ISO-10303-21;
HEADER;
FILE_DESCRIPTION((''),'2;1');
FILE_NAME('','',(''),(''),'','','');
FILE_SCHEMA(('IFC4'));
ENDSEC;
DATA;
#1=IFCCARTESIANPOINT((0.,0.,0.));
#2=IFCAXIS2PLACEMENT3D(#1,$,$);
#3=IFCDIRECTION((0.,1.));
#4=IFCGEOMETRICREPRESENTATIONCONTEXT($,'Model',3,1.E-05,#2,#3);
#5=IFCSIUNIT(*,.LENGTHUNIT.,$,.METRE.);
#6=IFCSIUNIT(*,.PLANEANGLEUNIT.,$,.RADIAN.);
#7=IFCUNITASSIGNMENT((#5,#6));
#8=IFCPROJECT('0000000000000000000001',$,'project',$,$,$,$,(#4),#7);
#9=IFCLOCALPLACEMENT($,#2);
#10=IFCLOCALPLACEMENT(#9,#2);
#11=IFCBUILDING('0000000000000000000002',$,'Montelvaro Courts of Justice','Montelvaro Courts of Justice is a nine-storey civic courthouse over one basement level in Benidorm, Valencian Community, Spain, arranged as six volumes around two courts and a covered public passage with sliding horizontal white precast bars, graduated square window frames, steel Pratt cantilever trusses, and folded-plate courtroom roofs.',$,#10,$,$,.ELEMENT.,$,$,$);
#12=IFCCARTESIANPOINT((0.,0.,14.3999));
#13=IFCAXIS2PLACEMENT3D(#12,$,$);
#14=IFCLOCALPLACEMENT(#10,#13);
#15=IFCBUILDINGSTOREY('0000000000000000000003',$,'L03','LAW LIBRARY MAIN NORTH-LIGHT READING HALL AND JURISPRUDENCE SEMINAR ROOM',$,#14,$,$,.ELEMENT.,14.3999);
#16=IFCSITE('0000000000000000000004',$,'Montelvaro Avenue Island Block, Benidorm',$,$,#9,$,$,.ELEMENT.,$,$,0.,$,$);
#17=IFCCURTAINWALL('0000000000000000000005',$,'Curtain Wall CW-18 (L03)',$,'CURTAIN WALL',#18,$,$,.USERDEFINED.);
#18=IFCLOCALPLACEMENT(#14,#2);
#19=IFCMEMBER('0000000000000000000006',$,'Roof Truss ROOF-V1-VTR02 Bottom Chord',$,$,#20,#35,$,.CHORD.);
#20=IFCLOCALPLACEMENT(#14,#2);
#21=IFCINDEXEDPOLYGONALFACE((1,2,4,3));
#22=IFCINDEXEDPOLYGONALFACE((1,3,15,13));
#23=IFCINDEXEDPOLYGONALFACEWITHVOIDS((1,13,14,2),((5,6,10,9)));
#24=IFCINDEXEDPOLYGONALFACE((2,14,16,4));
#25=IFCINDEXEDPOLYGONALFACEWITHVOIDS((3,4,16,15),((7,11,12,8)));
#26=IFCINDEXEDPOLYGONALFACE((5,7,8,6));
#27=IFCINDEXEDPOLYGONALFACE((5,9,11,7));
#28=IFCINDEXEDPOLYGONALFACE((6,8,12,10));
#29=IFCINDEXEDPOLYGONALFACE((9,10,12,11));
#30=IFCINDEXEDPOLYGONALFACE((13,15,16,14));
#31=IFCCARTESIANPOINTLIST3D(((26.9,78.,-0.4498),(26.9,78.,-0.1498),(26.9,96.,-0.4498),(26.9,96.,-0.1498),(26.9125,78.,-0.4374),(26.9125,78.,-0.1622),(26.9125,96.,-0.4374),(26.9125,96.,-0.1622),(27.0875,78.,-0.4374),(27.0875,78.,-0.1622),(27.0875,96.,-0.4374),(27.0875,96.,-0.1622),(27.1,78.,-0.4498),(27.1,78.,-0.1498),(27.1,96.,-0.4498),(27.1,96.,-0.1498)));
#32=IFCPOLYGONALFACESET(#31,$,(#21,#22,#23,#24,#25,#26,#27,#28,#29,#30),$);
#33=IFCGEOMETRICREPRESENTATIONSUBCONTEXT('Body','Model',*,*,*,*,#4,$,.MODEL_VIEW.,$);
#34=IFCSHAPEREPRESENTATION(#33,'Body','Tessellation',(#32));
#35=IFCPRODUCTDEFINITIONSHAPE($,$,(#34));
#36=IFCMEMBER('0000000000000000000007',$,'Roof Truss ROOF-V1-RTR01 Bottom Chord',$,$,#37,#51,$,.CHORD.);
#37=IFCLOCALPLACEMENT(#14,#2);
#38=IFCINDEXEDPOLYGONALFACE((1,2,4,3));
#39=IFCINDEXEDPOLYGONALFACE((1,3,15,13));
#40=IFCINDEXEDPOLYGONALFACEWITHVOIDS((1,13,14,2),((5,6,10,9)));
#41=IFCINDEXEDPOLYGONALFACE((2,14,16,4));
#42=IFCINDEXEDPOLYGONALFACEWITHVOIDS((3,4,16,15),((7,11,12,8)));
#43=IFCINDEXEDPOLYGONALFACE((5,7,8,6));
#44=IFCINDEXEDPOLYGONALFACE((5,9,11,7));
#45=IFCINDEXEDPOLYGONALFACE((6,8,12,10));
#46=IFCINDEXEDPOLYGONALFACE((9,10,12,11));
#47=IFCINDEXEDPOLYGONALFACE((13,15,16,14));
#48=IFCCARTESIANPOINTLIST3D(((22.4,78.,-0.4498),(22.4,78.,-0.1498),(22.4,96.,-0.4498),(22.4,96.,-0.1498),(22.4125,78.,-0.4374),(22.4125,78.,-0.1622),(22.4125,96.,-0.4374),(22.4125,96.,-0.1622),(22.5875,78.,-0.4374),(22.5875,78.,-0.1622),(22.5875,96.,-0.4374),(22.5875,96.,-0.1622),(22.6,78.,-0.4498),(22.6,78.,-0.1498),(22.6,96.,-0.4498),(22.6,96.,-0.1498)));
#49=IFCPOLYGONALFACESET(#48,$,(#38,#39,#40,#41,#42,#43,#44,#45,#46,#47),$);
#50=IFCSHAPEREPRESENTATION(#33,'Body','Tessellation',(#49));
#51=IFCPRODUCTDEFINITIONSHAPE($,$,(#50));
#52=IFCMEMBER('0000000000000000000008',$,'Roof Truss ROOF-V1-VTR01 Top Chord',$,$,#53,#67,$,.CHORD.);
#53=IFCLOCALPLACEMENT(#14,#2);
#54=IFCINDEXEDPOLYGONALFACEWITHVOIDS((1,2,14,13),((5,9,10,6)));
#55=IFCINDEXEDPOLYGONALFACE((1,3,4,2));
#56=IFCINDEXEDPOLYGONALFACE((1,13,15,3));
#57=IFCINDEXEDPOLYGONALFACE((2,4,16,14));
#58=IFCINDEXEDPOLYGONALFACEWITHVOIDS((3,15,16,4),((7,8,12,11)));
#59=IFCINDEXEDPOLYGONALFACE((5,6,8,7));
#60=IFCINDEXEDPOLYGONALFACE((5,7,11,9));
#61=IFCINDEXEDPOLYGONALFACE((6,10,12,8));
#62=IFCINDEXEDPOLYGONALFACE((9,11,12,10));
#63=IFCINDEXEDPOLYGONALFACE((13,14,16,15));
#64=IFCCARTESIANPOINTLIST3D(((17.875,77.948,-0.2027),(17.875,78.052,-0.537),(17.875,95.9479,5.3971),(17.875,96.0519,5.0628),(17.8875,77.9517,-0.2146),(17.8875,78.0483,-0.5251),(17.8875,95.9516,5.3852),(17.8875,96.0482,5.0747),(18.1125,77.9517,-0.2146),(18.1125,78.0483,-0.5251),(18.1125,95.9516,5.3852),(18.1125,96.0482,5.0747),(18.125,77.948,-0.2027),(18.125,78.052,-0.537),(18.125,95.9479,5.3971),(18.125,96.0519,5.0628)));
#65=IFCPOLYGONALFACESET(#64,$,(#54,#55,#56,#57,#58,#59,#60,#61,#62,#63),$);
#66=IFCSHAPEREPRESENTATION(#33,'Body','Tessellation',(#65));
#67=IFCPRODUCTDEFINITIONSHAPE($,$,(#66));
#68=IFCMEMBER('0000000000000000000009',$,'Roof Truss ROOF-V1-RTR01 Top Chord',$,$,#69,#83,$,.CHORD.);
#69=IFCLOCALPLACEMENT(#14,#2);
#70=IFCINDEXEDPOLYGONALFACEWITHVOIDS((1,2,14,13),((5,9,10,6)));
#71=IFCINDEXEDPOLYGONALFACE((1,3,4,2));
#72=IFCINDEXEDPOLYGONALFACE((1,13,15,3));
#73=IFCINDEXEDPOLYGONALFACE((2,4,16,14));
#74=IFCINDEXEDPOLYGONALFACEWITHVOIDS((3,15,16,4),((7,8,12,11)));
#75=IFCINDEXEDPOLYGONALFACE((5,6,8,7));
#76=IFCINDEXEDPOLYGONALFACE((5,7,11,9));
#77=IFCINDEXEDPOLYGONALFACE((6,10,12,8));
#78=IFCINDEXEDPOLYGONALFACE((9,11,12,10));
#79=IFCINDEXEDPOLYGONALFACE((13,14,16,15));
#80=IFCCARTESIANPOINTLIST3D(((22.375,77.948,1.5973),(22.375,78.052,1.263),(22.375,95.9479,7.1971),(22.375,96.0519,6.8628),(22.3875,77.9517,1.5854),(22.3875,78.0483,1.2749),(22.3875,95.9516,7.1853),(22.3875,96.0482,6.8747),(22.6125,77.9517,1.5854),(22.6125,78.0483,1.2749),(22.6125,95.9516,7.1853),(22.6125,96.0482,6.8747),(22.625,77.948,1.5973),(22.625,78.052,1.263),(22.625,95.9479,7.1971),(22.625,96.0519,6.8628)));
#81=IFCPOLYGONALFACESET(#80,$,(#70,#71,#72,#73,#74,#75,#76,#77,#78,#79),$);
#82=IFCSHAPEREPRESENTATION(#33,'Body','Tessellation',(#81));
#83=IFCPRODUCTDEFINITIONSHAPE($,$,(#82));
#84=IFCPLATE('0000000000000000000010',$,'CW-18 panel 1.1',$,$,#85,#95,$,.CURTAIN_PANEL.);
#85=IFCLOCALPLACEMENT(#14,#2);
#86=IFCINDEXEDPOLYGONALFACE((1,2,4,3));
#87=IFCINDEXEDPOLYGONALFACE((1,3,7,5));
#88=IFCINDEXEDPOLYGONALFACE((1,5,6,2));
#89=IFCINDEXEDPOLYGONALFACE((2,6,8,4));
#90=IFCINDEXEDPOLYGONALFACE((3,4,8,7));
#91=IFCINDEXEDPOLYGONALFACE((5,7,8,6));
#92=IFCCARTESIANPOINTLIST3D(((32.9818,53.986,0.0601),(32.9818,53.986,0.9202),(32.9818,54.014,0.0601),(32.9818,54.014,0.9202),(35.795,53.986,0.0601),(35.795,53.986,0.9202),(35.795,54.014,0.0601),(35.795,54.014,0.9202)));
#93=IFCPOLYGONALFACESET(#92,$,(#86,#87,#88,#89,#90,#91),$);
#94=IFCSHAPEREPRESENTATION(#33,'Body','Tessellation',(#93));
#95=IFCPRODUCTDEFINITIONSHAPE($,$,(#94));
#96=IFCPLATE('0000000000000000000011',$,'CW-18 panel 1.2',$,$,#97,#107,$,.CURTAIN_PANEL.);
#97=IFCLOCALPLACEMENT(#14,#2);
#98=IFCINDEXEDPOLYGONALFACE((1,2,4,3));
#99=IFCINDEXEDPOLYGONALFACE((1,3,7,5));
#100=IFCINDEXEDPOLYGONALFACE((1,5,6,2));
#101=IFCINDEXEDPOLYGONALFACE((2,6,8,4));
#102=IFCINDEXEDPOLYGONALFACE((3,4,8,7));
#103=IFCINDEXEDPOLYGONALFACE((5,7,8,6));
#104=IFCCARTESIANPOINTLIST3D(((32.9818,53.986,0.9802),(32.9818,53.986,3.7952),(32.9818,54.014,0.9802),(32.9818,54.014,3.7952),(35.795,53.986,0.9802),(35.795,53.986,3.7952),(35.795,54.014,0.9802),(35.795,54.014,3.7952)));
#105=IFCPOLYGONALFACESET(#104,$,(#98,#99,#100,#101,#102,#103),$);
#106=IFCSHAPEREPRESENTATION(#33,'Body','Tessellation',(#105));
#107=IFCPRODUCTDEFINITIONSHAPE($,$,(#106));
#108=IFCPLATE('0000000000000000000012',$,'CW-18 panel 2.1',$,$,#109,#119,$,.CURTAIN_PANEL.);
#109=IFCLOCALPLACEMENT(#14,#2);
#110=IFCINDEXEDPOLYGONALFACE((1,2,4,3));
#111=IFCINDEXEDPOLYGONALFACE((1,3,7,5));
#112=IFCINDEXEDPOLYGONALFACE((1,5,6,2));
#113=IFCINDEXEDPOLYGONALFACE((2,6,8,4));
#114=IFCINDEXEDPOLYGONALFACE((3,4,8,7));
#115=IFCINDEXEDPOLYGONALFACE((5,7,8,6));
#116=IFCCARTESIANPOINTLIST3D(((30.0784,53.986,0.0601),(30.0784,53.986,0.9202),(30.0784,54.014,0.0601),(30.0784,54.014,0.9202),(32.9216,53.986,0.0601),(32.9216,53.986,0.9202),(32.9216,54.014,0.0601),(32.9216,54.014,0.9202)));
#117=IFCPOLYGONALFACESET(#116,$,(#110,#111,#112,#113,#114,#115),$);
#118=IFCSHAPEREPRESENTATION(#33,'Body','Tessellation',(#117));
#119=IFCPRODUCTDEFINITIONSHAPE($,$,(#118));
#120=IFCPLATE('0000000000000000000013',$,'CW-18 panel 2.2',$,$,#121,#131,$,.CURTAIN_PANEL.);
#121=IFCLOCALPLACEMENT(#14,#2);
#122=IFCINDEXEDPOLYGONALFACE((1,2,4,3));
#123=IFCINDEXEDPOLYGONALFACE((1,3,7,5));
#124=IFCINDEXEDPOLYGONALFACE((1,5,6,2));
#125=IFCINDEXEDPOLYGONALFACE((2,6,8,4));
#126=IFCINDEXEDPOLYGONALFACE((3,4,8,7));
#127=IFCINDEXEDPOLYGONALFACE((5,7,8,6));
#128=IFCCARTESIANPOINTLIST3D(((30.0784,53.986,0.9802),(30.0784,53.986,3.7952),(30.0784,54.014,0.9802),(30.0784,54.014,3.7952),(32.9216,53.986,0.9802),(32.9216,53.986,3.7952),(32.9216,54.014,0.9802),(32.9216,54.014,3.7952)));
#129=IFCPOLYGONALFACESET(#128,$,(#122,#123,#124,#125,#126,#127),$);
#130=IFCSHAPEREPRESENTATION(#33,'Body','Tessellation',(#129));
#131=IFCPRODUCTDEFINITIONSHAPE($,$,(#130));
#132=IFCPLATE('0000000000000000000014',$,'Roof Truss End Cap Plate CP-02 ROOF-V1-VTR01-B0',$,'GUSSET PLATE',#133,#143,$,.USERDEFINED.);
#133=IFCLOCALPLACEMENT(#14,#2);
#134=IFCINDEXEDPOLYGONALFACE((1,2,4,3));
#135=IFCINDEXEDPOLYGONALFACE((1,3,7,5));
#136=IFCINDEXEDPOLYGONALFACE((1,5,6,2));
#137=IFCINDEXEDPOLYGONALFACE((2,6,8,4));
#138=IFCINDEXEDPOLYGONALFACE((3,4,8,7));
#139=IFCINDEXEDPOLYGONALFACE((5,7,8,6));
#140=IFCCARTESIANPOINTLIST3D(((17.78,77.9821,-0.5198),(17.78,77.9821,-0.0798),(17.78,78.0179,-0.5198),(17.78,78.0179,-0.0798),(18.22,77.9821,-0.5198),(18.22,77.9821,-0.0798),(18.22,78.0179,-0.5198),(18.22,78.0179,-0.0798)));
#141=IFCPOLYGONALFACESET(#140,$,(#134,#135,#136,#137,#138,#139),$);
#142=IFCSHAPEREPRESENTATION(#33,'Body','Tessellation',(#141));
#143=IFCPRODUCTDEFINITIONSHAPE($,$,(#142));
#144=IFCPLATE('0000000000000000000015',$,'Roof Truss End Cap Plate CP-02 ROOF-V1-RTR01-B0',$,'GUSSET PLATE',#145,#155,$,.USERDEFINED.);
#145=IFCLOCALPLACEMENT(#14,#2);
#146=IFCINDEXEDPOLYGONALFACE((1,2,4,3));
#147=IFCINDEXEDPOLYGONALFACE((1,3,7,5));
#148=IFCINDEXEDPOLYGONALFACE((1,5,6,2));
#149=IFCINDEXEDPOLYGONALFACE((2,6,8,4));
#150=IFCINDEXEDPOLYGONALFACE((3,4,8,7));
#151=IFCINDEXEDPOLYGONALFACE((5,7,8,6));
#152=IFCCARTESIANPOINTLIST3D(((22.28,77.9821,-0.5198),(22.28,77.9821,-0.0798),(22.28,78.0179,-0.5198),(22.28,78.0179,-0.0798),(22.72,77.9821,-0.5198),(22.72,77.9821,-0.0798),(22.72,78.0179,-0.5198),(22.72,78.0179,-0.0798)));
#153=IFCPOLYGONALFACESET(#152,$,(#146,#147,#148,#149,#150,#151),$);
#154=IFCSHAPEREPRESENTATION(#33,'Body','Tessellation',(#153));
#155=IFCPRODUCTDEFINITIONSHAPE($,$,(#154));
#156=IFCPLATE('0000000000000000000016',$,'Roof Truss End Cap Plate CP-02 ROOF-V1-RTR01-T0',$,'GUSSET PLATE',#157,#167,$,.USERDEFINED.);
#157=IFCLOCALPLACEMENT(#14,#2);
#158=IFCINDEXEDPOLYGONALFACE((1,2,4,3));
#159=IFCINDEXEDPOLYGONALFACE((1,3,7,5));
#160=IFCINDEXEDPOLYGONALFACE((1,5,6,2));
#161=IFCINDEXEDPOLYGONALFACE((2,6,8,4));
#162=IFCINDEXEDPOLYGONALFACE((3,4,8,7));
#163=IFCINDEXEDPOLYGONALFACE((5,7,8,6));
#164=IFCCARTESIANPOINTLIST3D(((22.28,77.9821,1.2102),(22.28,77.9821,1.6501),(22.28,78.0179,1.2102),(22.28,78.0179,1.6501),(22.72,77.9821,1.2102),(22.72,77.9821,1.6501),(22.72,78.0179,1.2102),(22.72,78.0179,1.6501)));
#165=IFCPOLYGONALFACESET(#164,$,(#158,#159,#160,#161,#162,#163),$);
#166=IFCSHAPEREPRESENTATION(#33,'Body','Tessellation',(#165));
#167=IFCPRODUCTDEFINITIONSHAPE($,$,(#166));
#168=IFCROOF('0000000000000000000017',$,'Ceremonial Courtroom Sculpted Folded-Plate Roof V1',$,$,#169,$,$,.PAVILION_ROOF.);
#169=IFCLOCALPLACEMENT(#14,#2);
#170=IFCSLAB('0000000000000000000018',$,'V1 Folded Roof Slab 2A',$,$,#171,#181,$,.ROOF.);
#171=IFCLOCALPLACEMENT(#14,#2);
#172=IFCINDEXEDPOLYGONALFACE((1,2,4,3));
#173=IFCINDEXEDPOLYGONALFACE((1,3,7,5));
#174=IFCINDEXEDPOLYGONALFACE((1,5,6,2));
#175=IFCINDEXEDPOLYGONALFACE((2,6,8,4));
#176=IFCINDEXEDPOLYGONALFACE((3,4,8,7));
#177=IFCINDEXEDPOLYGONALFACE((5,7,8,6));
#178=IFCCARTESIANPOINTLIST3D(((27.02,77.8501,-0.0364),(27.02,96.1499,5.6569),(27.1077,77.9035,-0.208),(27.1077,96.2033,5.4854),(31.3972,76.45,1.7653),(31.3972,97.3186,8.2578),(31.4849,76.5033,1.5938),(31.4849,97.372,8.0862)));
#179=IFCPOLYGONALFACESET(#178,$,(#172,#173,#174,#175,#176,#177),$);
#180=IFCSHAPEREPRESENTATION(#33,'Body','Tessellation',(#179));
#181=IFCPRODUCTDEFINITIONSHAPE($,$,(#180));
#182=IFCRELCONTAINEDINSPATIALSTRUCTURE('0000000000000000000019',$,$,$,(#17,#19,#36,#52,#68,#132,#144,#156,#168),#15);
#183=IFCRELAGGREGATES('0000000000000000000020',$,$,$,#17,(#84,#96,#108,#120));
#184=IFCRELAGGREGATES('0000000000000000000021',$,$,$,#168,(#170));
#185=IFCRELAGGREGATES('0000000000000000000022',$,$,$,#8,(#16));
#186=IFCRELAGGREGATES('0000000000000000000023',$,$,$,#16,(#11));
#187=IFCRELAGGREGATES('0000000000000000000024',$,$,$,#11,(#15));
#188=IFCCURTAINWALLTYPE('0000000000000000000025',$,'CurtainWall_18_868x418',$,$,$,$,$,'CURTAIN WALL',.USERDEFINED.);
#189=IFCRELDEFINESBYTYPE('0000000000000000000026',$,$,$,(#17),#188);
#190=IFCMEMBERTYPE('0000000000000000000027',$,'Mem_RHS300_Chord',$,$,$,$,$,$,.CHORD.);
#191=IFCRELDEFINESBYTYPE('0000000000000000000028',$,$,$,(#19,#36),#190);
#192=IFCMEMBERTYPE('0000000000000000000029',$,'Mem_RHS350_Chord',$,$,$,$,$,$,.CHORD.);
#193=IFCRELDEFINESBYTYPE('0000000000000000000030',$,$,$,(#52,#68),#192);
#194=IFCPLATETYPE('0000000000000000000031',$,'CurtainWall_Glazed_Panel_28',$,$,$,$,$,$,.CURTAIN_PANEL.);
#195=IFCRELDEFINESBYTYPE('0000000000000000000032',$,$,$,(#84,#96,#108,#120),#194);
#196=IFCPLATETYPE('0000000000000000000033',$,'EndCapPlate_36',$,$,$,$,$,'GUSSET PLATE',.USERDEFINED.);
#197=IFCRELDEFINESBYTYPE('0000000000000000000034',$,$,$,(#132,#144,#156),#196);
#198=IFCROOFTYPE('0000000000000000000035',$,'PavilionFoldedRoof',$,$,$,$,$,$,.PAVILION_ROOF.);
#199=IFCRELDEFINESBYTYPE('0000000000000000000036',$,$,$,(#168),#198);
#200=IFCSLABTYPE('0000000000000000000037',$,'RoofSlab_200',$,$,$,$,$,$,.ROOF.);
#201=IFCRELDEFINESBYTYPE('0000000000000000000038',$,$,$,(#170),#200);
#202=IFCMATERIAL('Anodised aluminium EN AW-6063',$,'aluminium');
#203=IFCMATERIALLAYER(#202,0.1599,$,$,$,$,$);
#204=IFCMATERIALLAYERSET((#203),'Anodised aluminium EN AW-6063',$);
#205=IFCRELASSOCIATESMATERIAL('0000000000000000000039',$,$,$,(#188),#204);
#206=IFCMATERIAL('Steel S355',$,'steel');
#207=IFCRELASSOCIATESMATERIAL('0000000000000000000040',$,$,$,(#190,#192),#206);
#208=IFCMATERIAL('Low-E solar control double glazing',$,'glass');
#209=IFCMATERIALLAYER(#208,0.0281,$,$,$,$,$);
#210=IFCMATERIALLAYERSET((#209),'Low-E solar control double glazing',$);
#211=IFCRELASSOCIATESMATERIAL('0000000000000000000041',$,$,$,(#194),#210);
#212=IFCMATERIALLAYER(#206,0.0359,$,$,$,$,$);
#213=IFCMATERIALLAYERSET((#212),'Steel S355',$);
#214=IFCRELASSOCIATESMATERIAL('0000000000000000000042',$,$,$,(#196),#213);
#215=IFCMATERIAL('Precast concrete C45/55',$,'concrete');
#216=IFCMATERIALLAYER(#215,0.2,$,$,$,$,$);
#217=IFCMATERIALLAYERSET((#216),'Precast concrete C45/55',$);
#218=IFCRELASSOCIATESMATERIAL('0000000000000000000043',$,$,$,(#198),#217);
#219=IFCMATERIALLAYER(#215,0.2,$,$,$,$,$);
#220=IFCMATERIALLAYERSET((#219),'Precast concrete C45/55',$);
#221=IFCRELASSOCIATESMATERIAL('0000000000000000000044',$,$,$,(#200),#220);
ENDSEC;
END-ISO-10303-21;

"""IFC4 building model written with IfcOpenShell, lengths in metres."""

from ifc_helpers import new_model, si_unit, direction, frame, origin, origin_2d, place, context, subcontext, project, spatial, polyline, rectangle, hollow_rectangle, outline, extrude, material, layer, layer_set, material_profile, profile_set, type_object, element, aggregate, save


model = new_model("IFC4")

# Units and contexts
model_context = context("Model", 3, precision=1e-05, world=origin(), true_north=direction((0.0, 1.0)))
body_context = subcontext(model_context, "Body", "Model", "MODEL_VIEW")
ifc_project = project(units=[si_unit("LENGTHUNIT", "METRE"), si_unit("PLANEANGLEUNIT", "RADIAN")], contexts=[model_context])

# Site, building, storey
site_placement = place(None, origin())
site = spatial("IfcSite", under=ifc_project, at=site_placement, Name="Montelvaro Avenue Island Block, Benidorm", CompositionType="ELEMENT", RefElevation=0.0)
building_placement = place(site_placement, origin())
building = spatial("IfcBuilding", under=site, at=building_placement, Name="Montelvaro Courts of Justice", Description="Montelvaro Courts of Justice is a nine-storey civic courthouse over one basement level in Benidorm, Valencian Community, Spain, arranged as six volumes around two courts and a covered public passage with sliding horizontal white precast bars, graduated square window frames, steel Pratt cantilever trusses, and folded-plate courtroom roofs.", CompositionType="ELEMENT")
storey_placement = place(building_placement, frame((0.0, 0.0, 14.3999)))
storey = spatial("IfcBuildingStorey", under=building, at=storey_placement, Name="L03", Description="LAW LIBRARY MAIN NORTH-LIGHT READING HALL AND JURISPRUDENCE SEMINAR ROOM", CompositionType="ELEMENT", Elevation=14.3999)

# Shared definitions
ifc_material_1 = material(Name="Steel S355", Category="steel")

# Curtain wall
ifc_material_2 = material(Name="Anodised aluminium EN AW-6063", Category="aluminium")
ifc_layer_1 = layer(ifc_material_2, 0.1599)
ifc_layer_set_1 = layer_set([ifc_layer_1], Name="Anodised aluminium EN AW-6063")
curtain_wall_type = type_object("IfcCurtainWallType", Name="CurtainWall_18_868x418", ElementType="CURTAIN WALL", PredefinedType="USERDEFINED", material=ifc_layer_set_1)
curtain_wall_placement = place(storey_placement, origin())
curtain_wall = element("IfcCurtainWall", 1, at=curtain_wall_placement, inside=storey, type_object=curtain_wall_type, Name="Curtain Wall CW-18 (L03)", ObjectType="CURTAIN WALL", PredefinedType="USERDEFINED")

# Members
ifc_material_profile_1 = material_profile(ifc_material_1, hollow_rectangle(XDim=0.2, YDim=0.3, WallThickness=0.0125, at=origin_2d()), Name="RHS 300x200x12.5")
ifc_profile_set_1 = profile_set([ifc_material_profile_1], Name="Steel S355")
member_type_1 = type_object("IfcMemberType", Name="Mem_RHS300_Chord", PredefinedType="CHORD", material=ifc_profile_set_1)
for number, where, z_axis, x_axis, name in (
    (2, (27.0, 78.0, -0.2998), (0.0, 1.0, 0.0), (-1.0, 0.0, 0.0), "Roof Truss ROOF-V1-VTR02 Bottom Chord"),
    (3, (22.5, 78.0, -0.2998), (0.0, 1.0, 0.0), (-1.0, 0.0, 0.0), "Roof Truss ROOF-V1-RTR01 Bottom Chord"),
):
    element("IfcMember", number, at=place(storey_placement, frame(where, z_axis=z_axis, x_axis=x_axis)), inside=storey, type_object=member_type_1, Name=name, PredefinedType="CHORD", context=body_context, shape_type="SweptSolid", body=[
        extrude(hollow_rectangle(XDim=0.2, YDim=0.3, WallThickness=0.0125, at=origin_2d()), origin(), (0.0, 0.0, 1.0), 18.0),
    ])
ifc_material_profile_2 = material_profile(ifc_material_1, hollow_rectangle(XDim=0.25, YDim=0.3501, WallThickness=0.0125, at=origin_2d()), Name="RHS 350x250x12.5")
ifc_profile_set_2 = profile_set([ifc_material_profile_2], Name="Steel S355")
member_type_2 = type_object("IfcMemberType", Name="Mem_RHS350_Chord", PredefinedType="CHORD", material=ifc_profile_set_2)
for number, where, z_axis, x_axis, name in (
    (4, (18.0, 78.0, -0.3699), (0.0, 0.954859, 0.297059), (-1.0, 0.0, 0.0), "Roof Truss ROOF-V1-VTR01 Top Chord"),
    (5, (22.5, 78.0, 1.4302), (0.0, 0.954859, 0.297059), (-1.0, 0.0, 0.0), "Roof Truss ROOF-V1-RTR01 Top Chord"),
):
    element("IfcMember", number, at=place(storey_placement, frame(where, z_axis=z_axis, x_axis=x_axis)), inside=storey, type_object=member_type_2, Name=name, PredefinedType="CHORD", context=body_context, shape_type="SweptSolid", body=[
        extrude(hollow_rectangle(XDim=0.25, YDim=0.3501, WallThickness=0.0125, at=origin_2d()), origin(), (0.0, 0.0, 1.0), 18.8508),
    ])

# Plates
ifc_material_3 = material(Name="Low-E solar control double glazing", Category="glass")
ifc_layer_2 = layer(ifc_material_3, 0.0281)
ifc_layer_set_2 = layer_set([ifc_layer_2], Name="Low-E solar control double glazing")
plate_type_1 = type_object("IfcPlateType", Name="CurtainWall_Glazed_Panel_28", PredefinedType="CURTAIN_PANEL", material=ifc_layer_set_2)
plate_1_placement = place(storey_placement, frame((34.3884, 54.0, 0.0601), z_axis=(0.0, 0.0, 1.0), x_axis=(-1.0, 0.0, 0.0)))
plate_1 = element("IfcPlate", 6, at=plate_1_placement, type_object=plate_type_1, Name="CW-18 panel 1.1", PredefinedType="CURTAIN_PANEL", context=body_context, shape_type="SweptSolid", body=[
    extrude(rectangle(XDim=2.8132, YDim=0.0281, at=origin_2d()), origin(), (0.0, 0.0, 1.0), 0.8601),
])
plate_2_placement = place(storey_placement, frame((34.3884, 54.0, 0.9802), z_axis=(0.0, 0.0, 1.0), x_axis=(-1.0, 0.0, 0.0)))
plate_2 = element("IfcPlate", 7, at=plate_2_placement, type_object=plate_type_1, Name="CW-18 panel 1.2", PredefinedType="CURTAIN_PANEL", context=body_context, shape_type="SweptSolid", body=[
    extrude(rectangle(XDim=2.8132, YDim=0.0281, at=origin_2d()), origin(), (0.0, 0.0, 1.0), 2.8149),
])
plate_3_placement = place(storey_placement, frame((31.5, 54.0, 0.0601), z_axis=(0.0, 0.0, 1.0), x_axis=(-1.0, 0.0, 0.0)))
plate_3 = element("IfcPlate", 8, at=plate_3_placement, type_object=plate_type_1, Name="CW-18 panel 2.1", PredefinedType="CURTAIN_PANEL", context=body_context, shape_type="SweptSolid", body=[
    extrude(rectangle(XDim=2.8433, YDim=0.0281, at=origin_2d()), origin(), (0.0, 0.0, 1.0), 0.8601),
])
plate_4_placement = place(storey_placement, frame((31.5, 54.0, 0.9802), z_axis=(0.0, 0.0, 1.0), x_axis=(-1.0, 0.0, 0.0)))
plate_4 = element("IfcPlate", 9, at=plate_4_placement, type_object=plate_type_1, Name="CW-18 panel 2.2", PredefinedType="CURTAIN_PANEL", context=body_context, shape_type="SweptSolid", body=[
    extrude(rectangle(XDim=2.8433, YDim=0.0281, at=origin_2d()), origin(), (0.0, 0.0, 1.0), 2.8149),
])
aggregate(curtain_wall, [plate_1, plate_2, plate_3, plate_4])

# Plates
ifc_layer_3 = layer(ifc_material_1, 0.0359)
ifc_layer_set_3 = layer_set([ifc_layer_3], Name="Steel S355")
plate_type_2 = type_object("IfcPlateType", Name="EndCapPlate_36", ElementType="GUSSET PLATE", PredefinedType="USERDEFINED", material=ifc_layer_set_3)
for number, where, z_axis, x_axis, name in (
    (10, (18.0, 78.0, -0.5198), (0.0, 0.0, 1.0), (1.0, 0.0, 0.0), "Roof Truss End Cap Plate CP-02 ROOF-V1-VTR01-B0"),
    (11, (22.5, 78.0, -0.5198), (0.0, 0.0, 1.0), (1.0, 0.0, 0.0), "Roof Truss End Cap Plate CP-02 ROOF-V1-RTR01-B0"),
    (12, (22.5, 78.0, 1.2102), (0.0, 0.0, 1.0), (1.0, 0.0, 0.0), "Roof Truss End Cap Plate CP-02 ROOF-V1-RTR01-T0"),
):
    element("IfcPlate", number, at=place(storey_placement, frame(where, z_axis=z_axis, x_axis=x_axis)), inside=storey, type_object=plate_type_2, Name=name, ObjectType="GUSSET PLATE", PredefinedType="USERDEFINED", context=body_context, shape_type="SweptSolid", body=[
        extrude(rectangle(XDim=0.4399, YDim=0.0359, at=origin_2d()), origin(), (0.0, 0.0, 1.0), 0.4399),
    ])

# Roof, slab
ifc_material_4 = material(Name="Precast concrete C45/55", Category="concrete")
ifc_layer_4 = layer(ifc_material_4, 0.2)
ifc_layer_set_4 = layer_set([ifc_layer_4], Name="Precast concrete C45/55")
roof_type = type_object("IfcRoofType", Name="PavilionFoldedRoof", PredefinedType="PAVILION_ROOF", material=ifc_layer_set_4)
roof_placement = place(storey_placement, origin())
roof = element("IfcRoof", 13, at=roof_placement, inside=storey, type_object=roof_type, Name="Ceremonial Courtroom Sculpted Folded-Plate Roof V1", PredefinedType="PAVILION_ROOF")
ifc_layer_5 = layer(ifc_material_4, 0.2)
ifc_layer_set_5 = layer_set([ifc_layer_5], Name="Precast concrete C45/55")
slab_type = type_object("IfcSlabType", Name="RoofSlab_200", PredefinedType="ROOF", material=ifc_layer_set_5)
slab_1_placement = place(storey_placement, frame((27.02, 77.8501, -0.0364), z_axis=(-0.438603, -0.266969, 0.858111), x_axis=(0.88675, -0.283643, 0.364996)))
slab_1 = element("IfcSlab", 14, at=slab_1_placement, type_object=slab_type, Name="V1 Folded Roof Slab 2A", PredefinedType="ROOF", context=body_context, shape_type="SweptSolid", body=[
    extrude(outline(polyline([(0.0, 0.0), (4.9363, 0.0), (1.3867, 21.5651), (-3.1126, 18.9106), (0.0, 0.0)])), origin(), (0.0, 0.0, -1.0), 0.2),
])
aggregate(roof, [slab_1])

save(model, "model.ifc")
